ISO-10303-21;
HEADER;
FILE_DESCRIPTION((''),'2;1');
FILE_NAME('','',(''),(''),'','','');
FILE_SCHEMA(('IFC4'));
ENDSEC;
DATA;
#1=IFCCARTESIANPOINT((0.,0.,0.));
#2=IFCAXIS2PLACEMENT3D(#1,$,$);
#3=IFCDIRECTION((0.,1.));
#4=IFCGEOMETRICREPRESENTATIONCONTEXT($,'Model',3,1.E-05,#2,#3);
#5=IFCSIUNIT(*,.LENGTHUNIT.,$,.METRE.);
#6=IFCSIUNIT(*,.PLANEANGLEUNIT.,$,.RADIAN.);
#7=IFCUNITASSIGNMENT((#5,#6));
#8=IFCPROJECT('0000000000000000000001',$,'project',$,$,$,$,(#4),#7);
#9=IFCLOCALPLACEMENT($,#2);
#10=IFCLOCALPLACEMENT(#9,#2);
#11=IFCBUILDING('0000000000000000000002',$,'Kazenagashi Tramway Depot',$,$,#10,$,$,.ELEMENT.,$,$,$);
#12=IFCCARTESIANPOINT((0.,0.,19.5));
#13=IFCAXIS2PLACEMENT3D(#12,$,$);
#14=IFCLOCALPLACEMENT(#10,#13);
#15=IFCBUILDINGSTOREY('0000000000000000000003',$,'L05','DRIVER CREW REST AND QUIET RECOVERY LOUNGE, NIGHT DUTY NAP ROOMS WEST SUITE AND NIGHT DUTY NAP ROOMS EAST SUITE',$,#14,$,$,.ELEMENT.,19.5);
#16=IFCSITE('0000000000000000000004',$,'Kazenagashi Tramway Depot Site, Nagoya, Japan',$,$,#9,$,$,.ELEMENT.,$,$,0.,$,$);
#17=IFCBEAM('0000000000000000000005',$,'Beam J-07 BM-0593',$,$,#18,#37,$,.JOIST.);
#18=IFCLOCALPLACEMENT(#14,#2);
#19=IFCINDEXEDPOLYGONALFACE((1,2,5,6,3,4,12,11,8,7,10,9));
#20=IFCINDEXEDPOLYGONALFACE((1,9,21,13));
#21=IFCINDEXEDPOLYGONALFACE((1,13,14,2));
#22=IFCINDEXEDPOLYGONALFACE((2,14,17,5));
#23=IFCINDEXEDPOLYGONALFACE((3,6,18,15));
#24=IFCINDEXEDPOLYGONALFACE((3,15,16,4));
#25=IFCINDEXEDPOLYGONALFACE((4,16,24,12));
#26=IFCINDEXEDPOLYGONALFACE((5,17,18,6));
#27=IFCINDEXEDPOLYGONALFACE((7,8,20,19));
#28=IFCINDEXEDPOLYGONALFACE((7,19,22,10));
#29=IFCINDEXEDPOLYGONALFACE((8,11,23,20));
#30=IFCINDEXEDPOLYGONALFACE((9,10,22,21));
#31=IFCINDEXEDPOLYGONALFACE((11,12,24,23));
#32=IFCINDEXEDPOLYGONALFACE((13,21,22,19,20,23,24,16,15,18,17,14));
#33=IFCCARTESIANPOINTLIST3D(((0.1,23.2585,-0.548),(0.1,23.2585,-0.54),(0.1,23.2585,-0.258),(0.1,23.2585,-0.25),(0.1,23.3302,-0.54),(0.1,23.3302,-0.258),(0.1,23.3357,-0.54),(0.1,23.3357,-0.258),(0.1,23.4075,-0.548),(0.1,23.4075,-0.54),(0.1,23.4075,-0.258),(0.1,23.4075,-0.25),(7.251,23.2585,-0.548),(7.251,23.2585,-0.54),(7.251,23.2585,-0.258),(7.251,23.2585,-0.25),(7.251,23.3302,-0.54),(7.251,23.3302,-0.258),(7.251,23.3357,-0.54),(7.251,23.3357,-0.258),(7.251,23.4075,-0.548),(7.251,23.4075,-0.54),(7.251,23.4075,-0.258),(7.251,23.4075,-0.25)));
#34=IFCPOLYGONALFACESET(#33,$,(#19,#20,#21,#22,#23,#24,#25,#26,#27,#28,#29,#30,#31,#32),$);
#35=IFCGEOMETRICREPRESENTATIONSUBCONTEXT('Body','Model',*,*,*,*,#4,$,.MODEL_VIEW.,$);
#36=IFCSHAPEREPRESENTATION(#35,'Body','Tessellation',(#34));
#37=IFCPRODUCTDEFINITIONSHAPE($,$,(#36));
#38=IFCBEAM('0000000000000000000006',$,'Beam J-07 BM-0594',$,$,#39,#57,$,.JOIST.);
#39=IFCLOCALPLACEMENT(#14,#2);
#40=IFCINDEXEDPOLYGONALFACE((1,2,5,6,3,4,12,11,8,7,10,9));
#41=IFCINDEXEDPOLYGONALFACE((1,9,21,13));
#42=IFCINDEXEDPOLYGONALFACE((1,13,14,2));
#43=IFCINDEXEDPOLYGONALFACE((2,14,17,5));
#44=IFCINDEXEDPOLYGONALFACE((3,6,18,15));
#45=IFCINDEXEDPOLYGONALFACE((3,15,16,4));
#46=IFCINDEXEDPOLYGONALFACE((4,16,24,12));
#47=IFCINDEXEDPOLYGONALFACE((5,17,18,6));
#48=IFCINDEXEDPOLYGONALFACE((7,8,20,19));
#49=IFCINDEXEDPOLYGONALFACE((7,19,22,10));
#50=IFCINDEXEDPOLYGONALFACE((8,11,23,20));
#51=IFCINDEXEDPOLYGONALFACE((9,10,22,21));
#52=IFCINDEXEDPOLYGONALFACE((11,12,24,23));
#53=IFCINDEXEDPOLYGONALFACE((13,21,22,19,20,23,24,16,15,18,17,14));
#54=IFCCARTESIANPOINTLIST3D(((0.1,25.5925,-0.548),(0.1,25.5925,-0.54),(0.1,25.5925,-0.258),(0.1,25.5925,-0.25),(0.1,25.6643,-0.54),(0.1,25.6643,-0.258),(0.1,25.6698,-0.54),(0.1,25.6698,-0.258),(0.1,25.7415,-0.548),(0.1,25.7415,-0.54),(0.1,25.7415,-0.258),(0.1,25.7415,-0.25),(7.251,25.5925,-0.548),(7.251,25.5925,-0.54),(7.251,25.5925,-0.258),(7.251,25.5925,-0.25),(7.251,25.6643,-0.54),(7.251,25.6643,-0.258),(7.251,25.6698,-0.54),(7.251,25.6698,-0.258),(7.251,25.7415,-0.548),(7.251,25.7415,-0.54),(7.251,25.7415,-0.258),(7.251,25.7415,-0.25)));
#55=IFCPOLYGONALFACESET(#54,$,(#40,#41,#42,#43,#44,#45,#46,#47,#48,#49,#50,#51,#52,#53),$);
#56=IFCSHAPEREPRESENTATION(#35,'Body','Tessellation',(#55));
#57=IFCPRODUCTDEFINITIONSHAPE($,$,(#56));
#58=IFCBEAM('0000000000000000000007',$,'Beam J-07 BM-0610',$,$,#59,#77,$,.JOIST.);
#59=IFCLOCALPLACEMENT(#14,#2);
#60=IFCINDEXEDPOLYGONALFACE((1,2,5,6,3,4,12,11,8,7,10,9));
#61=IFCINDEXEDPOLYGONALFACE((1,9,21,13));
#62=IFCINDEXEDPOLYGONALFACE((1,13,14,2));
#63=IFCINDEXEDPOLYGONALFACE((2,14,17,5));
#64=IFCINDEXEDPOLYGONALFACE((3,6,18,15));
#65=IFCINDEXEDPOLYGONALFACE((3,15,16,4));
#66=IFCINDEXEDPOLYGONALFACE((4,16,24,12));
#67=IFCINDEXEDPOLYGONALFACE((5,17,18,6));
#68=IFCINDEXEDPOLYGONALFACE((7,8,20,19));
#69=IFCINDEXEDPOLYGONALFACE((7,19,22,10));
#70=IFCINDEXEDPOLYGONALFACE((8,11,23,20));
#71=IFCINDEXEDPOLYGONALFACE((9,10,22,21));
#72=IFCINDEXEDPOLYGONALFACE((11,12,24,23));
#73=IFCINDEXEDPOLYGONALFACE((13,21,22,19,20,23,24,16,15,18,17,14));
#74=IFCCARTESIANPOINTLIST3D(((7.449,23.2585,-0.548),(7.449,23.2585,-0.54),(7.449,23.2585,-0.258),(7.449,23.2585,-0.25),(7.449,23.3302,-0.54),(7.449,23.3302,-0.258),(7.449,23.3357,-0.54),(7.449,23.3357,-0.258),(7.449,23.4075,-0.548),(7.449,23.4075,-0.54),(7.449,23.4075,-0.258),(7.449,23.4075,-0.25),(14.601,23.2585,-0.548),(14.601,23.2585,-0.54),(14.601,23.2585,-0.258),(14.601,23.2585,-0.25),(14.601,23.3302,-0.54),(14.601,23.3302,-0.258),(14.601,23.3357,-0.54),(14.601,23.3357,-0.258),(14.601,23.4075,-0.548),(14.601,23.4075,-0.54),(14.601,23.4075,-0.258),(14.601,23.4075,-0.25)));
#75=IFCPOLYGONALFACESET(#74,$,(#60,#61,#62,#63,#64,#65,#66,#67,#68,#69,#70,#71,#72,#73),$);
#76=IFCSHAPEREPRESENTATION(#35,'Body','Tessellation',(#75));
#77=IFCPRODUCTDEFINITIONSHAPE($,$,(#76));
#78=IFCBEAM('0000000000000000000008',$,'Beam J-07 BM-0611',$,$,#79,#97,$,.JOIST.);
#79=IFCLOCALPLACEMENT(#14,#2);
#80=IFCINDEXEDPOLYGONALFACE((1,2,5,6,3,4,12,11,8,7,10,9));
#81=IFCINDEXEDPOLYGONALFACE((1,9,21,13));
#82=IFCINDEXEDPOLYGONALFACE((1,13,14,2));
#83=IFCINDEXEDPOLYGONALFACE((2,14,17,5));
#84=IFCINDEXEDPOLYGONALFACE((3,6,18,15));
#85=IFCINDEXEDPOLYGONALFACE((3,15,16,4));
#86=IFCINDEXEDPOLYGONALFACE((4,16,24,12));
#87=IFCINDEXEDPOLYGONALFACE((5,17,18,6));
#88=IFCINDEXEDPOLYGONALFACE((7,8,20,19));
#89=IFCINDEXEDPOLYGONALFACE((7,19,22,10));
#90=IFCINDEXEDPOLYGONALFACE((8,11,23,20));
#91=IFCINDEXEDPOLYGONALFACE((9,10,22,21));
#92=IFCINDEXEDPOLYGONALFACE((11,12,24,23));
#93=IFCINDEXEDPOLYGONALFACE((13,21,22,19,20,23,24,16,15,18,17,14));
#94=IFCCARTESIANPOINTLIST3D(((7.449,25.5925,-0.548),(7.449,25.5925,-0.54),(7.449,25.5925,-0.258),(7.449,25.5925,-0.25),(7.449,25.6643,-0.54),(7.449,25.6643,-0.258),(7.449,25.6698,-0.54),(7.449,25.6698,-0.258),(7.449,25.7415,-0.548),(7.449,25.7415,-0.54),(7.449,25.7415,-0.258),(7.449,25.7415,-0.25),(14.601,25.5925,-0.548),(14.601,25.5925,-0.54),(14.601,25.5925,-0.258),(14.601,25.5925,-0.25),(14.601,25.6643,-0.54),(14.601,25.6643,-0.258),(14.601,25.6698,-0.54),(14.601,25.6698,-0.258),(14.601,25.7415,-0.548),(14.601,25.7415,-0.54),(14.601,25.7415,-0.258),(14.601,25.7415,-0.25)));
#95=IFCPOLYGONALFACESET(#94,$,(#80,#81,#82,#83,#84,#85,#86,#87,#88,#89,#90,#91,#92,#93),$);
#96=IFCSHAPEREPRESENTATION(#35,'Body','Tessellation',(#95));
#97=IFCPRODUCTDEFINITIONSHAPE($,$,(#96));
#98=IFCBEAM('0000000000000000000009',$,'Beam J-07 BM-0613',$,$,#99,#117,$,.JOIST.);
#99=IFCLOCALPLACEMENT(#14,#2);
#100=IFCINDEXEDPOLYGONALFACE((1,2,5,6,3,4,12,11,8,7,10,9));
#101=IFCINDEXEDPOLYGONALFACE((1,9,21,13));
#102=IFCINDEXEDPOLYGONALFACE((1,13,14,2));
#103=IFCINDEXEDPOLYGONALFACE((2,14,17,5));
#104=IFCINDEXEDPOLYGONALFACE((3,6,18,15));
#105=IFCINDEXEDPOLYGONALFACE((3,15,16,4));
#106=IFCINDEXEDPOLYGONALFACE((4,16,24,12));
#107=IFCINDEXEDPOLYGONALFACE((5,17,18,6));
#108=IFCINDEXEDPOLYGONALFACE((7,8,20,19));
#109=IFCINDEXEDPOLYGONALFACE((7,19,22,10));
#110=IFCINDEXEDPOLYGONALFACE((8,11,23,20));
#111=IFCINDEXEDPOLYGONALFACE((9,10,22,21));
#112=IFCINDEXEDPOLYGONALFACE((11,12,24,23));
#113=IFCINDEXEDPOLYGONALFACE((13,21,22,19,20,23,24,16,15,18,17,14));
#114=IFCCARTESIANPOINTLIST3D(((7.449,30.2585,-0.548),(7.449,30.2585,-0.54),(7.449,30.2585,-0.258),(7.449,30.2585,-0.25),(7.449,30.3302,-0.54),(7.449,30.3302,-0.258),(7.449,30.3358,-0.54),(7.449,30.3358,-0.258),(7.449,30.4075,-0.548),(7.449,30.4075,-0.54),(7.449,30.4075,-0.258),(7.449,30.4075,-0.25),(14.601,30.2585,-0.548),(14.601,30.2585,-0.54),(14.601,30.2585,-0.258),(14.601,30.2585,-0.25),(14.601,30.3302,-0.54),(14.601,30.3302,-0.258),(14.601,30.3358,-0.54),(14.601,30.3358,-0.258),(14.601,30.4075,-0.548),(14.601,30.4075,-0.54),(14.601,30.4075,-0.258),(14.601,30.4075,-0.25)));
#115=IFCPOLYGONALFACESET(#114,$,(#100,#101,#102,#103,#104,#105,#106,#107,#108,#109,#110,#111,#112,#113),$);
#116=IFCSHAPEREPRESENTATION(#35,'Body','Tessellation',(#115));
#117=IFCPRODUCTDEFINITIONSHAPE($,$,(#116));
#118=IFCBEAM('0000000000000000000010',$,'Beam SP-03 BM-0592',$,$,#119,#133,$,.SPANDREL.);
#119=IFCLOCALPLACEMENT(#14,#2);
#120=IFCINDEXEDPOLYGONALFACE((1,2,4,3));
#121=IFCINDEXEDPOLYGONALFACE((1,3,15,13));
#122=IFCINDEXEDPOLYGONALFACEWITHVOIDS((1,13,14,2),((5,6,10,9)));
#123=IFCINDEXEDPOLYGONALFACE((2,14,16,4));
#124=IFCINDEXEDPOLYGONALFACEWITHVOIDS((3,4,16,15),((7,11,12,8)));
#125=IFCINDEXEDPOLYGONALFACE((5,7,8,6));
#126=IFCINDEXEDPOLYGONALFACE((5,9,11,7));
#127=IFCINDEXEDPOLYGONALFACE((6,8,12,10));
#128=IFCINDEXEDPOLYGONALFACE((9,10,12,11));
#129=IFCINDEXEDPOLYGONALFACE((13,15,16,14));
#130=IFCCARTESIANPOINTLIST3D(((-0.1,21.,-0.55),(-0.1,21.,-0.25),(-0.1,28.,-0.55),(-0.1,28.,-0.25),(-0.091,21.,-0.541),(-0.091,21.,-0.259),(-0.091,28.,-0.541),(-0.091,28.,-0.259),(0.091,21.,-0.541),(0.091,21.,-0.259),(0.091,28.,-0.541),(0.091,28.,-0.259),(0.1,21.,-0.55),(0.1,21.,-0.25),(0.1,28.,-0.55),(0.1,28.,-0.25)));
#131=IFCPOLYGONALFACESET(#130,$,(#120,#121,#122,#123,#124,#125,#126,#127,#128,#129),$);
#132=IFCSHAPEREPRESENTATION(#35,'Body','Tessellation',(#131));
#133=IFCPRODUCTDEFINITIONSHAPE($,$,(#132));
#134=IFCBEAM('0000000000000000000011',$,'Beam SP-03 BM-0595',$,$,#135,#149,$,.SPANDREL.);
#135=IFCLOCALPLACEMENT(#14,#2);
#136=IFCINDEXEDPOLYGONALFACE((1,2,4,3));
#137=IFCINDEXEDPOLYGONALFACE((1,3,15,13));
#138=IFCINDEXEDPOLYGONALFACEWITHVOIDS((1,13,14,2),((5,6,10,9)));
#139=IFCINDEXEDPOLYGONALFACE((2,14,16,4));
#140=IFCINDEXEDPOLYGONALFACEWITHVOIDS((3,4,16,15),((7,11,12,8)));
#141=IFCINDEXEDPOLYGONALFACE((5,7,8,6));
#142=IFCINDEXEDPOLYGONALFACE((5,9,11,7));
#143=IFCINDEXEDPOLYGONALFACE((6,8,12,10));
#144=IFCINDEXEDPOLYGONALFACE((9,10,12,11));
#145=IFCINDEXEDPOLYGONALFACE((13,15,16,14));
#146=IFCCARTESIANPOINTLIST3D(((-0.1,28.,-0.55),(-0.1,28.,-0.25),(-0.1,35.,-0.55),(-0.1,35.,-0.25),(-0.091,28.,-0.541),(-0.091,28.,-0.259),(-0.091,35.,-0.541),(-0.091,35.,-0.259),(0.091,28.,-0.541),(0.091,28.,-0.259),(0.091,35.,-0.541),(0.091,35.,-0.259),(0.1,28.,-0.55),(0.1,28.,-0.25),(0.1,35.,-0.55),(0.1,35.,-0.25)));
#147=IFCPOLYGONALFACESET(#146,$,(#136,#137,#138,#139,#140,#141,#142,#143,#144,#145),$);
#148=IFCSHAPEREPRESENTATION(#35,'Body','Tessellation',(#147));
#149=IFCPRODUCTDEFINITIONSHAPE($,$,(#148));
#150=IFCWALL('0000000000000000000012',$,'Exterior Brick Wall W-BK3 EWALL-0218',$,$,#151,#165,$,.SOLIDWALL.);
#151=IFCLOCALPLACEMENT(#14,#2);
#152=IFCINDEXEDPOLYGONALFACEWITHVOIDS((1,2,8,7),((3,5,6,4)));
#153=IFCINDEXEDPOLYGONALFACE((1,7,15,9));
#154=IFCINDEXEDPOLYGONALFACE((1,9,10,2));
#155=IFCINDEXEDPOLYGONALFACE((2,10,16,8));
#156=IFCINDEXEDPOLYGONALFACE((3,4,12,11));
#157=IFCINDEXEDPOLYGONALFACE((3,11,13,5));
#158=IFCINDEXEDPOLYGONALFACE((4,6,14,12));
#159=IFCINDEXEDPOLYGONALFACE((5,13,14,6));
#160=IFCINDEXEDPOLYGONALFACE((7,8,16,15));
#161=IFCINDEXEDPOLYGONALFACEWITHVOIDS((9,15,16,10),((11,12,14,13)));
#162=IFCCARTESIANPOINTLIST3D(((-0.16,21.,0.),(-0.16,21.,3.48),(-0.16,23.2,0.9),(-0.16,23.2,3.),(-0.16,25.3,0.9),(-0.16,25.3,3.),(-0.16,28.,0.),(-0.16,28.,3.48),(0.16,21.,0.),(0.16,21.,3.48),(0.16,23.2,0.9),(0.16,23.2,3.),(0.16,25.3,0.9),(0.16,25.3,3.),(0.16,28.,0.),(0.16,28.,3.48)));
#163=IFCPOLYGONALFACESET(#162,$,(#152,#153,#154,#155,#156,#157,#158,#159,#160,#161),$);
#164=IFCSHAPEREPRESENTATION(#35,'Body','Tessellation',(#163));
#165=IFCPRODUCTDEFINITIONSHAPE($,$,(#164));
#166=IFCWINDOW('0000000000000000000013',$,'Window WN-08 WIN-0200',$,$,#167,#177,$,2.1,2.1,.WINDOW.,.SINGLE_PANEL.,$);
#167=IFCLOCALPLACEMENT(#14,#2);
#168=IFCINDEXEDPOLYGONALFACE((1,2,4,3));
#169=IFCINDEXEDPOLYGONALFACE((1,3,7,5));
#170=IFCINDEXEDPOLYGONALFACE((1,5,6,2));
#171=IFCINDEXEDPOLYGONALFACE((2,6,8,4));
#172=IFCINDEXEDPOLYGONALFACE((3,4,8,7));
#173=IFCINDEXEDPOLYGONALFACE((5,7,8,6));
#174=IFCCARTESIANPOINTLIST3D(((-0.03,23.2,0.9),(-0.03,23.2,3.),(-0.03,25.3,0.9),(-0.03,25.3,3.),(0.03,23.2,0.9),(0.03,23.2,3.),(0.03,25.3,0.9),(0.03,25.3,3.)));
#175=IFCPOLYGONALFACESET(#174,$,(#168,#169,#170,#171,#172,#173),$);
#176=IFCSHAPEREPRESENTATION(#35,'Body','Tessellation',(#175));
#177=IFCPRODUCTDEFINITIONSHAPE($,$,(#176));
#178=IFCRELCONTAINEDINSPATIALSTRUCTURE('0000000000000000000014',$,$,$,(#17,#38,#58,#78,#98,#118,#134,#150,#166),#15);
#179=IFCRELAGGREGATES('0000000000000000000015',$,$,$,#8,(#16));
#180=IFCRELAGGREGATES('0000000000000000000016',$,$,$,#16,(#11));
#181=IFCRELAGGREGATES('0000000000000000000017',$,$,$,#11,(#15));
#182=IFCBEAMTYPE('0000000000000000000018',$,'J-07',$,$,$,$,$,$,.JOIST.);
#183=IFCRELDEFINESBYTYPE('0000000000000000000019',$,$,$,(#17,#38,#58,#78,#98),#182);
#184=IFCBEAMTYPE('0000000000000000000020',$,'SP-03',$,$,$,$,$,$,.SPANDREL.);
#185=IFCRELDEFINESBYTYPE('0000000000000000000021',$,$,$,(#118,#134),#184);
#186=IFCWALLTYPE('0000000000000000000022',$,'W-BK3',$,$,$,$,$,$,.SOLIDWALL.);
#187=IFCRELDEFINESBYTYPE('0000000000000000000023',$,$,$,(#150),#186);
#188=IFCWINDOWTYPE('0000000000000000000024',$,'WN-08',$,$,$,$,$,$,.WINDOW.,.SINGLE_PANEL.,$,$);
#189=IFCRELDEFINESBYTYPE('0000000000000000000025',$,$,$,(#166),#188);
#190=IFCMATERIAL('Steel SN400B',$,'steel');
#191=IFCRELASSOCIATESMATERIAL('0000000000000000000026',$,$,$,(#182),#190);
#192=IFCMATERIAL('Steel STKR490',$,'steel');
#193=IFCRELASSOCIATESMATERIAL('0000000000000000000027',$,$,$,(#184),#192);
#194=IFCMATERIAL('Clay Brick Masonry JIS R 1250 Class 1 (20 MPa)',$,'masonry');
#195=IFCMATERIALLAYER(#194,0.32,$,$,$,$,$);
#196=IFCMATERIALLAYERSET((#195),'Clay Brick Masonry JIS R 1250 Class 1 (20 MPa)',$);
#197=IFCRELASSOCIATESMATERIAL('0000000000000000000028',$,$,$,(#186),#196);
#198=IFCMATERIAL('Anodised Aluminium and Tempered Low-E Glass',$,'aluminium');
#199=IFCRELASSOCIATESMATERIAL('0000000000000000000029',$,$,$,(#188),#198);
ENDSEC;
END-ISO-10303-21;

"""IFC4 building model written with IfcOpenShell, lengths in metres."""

from ifc_helpers import new_model, si_unit, direction, frame, frame_2d, origin, origin_2d, place, context, subcontext, project, spatial, rectangle, hollow_rectangle, i_section, extrude, material, layer, layer_set, material_profile, profile_set, type_object, element, fill, save


model = new_model("IFC4")

# Units and contexts
model_context = context("Model", 3, precision=1e-05, world=origin(), true_north=direction((0.0, 1.0)))
body_context = subcontext(model_context, "Body", "Model", "MODEL_VIEW")
ifc_project = project(units=[si_unit("LENGTHUNIT", "METRE"), si_unit("PLANEANGLEUNIT", "RADIAN")], contexts=[model_context])

# Site, building, storey
site_placement = place(None, origin())
site = spatial("IfcSite", under=ifc_project, at=site_placement, Name="Kazenagashi Tramway Depot Site, Nagoya, Japan", CompositionType="ELEMENT", RefElevation=0.0)
building_placement = place(site_placement, origin())
building = spatial("IfcBuilding", under=site, at=building_placement, Name="Kazenagashi Tramway Depot", CompositionType="ELEMENT")
storey_placement = place(building_placement, frame((0.0, 0.0, 19.5)))
storey = spatial("IfcBuildingStorey", under=building, at=storey_placement, Name="L05", Description="DRIVER CREW REST AND QUIET RECOVERY LOUNGE, NIGHT DUTY NAP ROOMS WEST SUITE AND NIGHT DUTY NAP ROOMS EAST SUITE", CompositionType="ELEMENT", Elevation=19.5)

# Shared definitions
ifc_material_1 = material(Name="Steel SN400B", Category="steel")

# Beams
ifc_material_profile_1 = material_profile(ifc_material_1, i_section(OverallWidth=0.149, OverallDepth=0.298, WebThickness=0.0055, FlangeThickness=0.008, at=origin_2d()), Name="H-298x149x5.5x8")
ifc_profile_set_1 = profile_set([ifc_material_profile_1], Name="Steel SN400B")
beam_type_1 = type_object("IfcBeamType", Name="J-07", PredefinedType="JOIST", material=ifc_profile_set_1)
for number, where, z_axis, x_axis, name in (
    (1, (0.1, 23.333, -0.399), (1.0, 0.0, 0.0), (0.0, 1.0, 0.0), "Beam J-07 BM-0593"),
    (2, (0.1, 25.667, -0.399), (1.0, 0.0, 0.0), (0.0, 1.0, 0.0), "Beam J-07 BM-0594"),
):
    element("IfcBeam", number, at=place(storey_placement, frame(where, z_axis=z_axis, x_axis=x_axis)), inside=storey, type_object=beam_type_1, Name=name, PredefinedType="JOIST", context=body_context, shape_type="SweptSolid", body=[
        extrude(i_section(OverallWidth=0.149, OverallDepth=0.298, WebThickness=0.0055, FlangeThickness=0.008, at=origin_2d()), origin(), (0.0, 0.0, 1.0), 7.151),
    ])
for number, where, z_axis, x_axis, name in (
    (3, (7.449, 23.333, -0.399), (1.0, 0.0, 0.0), (0.0, 1.0, 0.0), "Beam J-07 BM-0610"),
    (4, (7.449, 25.667, -0.399), (1.0, 0.0, 0.0), (0.0, 1.0, 0.0), "Beam J-07 BM-0611"),
    (5, (7.449, 30.333, -0.399), (1.0, 0.0, 0.0), (0.0, 1.0, 0.0), "Beam J-07 BM-0613"),
):
    element("IfcBeam", number, at=place(storey_placement, frame(where, z_axis=z_axis, x_axis=x_axis)), inside=storey, type_object=beam_type_1, Name=name, PredefinedType="JOIST", context=body_context, shape_type="SweptSolid", body=[
        extrude(i_section(OverallWidth=0.149, OverallDepth=0.298, WebThickness=0.0055, FlangeThickness=0.008, at=origin_2d()), origin(), (0.0, 0.0, 1.0), 7.152),
    ])
ifc_material_2 = material(Name="Steel STKR490", Category="steel")
ifc_material_profile_2 = material_profile(ifc_material_2, hollow_rectangle(XDim=0.2, YDim=0.3, WallThickness=0.009, at=origin_2d()), Name="RHS-300x200x9")
ifc_profile_set_2 = profile_set([ifc_material_profile_2], Name="Steel STKR490")
beam_type_2 = type_object("IfcBeamType", Name="SP-03", PredefinedType="SPANDREL", material=ifc_profile_set_2)
for number, where, z_axis, x_axis, name in (
    (6, (0.0, 21.0, -0.4), (0.0, 1.0, 0.0), (-1.0, 0.0, 0.0), "Beam SP-03 BM-0592"),
    (7, (0.0, 28.0, -0.4), (0.0, 1.0, 0.0), (-1.0, 0.0, 0.0), "Beam SP-03 BM-0595"),
):
    element("IfcBeam", number, at=place(storey_placement, frame(where, z_axis=z_axis, x_axis=x_axis)), inside=storey, type_object=beam_type_2, Name=name, PredefinedType="SPANDREL", context=body_context, shape_type="SweptSolid", body=[
        extrude(hollow_rectangle(XDim=0.2, YDim=0.3, WallThickness=0.009, at=origin_2d()), origin(), (0.0, 0.0, 1.0), 7.0),
    ])

# Wall, opening, window
ifc_material_3 = material(Name="Clay Brick Masonry JIS R 1250 Class 1 (20 MPa)", Category="masonry")
ifc_layer_1 = layer(ifc_material_3, 0.32)
ifc_layer_set_1 = layer_set([ifc_layer_1], Name="Clay Brick Masonry JIS R 1250 Class 1 (20 MPa)")
wall_type_1 = type_object("IfcWallType", Name="W-BK3", PredefinedType="SOLIDWALL", material=ifc_layer_set_1)
wall_1_placement = place(storey_placement, frame((0.0, 21.0, 0.0), z_axis=(0.0, 0.0, 1.0), x_axis=(0.0, 1.0, 0.0)))
wall_1 = element("IfcWall", 8, at=wall_1_placement, inside=storey, type_object=wall_type_1, Name="Exterior Brick Wall W-BK3 EWALL-0218", PredefinedType="SOLIDWALL", context=body_context, shape_type="SweptSolid", body=[
    extrude(rectangle(XDim=7.0, YDim=0.32, at=frame_2d((3.5, 0.0))), origin(), (0.0, 0.0, 1.0), 3.48),
])
opening_1_placement = place(wall_1_placement, frame((2.2, 0.0, 0.9)))
opening_1 = element("IfcOpeningElement", 9, at=opening_1_placement, cuts=wall_1, PredefinedType="OPENING", context=body_context, shape_type="SweptSolid", body=[
    extrude(rectangle(XDim=2.1, YDim=2.1, at=frame_2d((1.05, 1.05))), frame((0.0, 0.17, 0.0), z_axis=(0.0, -1.0, 0.0), x_axis=(1.0, 0.0, 0.0)), (0.0, 0.0, 1.0), 0.34),
])
ifc_material_4 = material(Name="Anodised Aluminium and Tempered Low-E Glass", Category="aluminium")
window_type_1 = type_object("IfcWindowType", Name="WN-08", PartitioningType="SINGLE_PANEL", PredefinedType="WINDOW", material=ifc_material_4)
window_1_placement = place(opening_1_placement, origin())
window_1 = element("IfcWindow", 10, at=window_1_placement, inside=storey, type_object=window_type_1, Name="Window WN-08 WIN-0200", OverallHeight=2.1, OverallWidth=2.1, PartitioningType="SINGLE_PANEL", PredefinedType="WINDOW", context=body_context, shape_type="SweptSolid", body=[
    extrude(rectangle(XDim=2.1, YDim=2.1, at=frame_2d((1.05, 1.05))), frame((0.0, 0.03, 0.0), z_axis=(0.0, -1.0, 0.0), x_axis=(1.0, 0.0, 0.0)), (0.0, 0.0, 1.0), 0.06),
])
fill(opening_1, window_1)

save(model, "model.ifc")
